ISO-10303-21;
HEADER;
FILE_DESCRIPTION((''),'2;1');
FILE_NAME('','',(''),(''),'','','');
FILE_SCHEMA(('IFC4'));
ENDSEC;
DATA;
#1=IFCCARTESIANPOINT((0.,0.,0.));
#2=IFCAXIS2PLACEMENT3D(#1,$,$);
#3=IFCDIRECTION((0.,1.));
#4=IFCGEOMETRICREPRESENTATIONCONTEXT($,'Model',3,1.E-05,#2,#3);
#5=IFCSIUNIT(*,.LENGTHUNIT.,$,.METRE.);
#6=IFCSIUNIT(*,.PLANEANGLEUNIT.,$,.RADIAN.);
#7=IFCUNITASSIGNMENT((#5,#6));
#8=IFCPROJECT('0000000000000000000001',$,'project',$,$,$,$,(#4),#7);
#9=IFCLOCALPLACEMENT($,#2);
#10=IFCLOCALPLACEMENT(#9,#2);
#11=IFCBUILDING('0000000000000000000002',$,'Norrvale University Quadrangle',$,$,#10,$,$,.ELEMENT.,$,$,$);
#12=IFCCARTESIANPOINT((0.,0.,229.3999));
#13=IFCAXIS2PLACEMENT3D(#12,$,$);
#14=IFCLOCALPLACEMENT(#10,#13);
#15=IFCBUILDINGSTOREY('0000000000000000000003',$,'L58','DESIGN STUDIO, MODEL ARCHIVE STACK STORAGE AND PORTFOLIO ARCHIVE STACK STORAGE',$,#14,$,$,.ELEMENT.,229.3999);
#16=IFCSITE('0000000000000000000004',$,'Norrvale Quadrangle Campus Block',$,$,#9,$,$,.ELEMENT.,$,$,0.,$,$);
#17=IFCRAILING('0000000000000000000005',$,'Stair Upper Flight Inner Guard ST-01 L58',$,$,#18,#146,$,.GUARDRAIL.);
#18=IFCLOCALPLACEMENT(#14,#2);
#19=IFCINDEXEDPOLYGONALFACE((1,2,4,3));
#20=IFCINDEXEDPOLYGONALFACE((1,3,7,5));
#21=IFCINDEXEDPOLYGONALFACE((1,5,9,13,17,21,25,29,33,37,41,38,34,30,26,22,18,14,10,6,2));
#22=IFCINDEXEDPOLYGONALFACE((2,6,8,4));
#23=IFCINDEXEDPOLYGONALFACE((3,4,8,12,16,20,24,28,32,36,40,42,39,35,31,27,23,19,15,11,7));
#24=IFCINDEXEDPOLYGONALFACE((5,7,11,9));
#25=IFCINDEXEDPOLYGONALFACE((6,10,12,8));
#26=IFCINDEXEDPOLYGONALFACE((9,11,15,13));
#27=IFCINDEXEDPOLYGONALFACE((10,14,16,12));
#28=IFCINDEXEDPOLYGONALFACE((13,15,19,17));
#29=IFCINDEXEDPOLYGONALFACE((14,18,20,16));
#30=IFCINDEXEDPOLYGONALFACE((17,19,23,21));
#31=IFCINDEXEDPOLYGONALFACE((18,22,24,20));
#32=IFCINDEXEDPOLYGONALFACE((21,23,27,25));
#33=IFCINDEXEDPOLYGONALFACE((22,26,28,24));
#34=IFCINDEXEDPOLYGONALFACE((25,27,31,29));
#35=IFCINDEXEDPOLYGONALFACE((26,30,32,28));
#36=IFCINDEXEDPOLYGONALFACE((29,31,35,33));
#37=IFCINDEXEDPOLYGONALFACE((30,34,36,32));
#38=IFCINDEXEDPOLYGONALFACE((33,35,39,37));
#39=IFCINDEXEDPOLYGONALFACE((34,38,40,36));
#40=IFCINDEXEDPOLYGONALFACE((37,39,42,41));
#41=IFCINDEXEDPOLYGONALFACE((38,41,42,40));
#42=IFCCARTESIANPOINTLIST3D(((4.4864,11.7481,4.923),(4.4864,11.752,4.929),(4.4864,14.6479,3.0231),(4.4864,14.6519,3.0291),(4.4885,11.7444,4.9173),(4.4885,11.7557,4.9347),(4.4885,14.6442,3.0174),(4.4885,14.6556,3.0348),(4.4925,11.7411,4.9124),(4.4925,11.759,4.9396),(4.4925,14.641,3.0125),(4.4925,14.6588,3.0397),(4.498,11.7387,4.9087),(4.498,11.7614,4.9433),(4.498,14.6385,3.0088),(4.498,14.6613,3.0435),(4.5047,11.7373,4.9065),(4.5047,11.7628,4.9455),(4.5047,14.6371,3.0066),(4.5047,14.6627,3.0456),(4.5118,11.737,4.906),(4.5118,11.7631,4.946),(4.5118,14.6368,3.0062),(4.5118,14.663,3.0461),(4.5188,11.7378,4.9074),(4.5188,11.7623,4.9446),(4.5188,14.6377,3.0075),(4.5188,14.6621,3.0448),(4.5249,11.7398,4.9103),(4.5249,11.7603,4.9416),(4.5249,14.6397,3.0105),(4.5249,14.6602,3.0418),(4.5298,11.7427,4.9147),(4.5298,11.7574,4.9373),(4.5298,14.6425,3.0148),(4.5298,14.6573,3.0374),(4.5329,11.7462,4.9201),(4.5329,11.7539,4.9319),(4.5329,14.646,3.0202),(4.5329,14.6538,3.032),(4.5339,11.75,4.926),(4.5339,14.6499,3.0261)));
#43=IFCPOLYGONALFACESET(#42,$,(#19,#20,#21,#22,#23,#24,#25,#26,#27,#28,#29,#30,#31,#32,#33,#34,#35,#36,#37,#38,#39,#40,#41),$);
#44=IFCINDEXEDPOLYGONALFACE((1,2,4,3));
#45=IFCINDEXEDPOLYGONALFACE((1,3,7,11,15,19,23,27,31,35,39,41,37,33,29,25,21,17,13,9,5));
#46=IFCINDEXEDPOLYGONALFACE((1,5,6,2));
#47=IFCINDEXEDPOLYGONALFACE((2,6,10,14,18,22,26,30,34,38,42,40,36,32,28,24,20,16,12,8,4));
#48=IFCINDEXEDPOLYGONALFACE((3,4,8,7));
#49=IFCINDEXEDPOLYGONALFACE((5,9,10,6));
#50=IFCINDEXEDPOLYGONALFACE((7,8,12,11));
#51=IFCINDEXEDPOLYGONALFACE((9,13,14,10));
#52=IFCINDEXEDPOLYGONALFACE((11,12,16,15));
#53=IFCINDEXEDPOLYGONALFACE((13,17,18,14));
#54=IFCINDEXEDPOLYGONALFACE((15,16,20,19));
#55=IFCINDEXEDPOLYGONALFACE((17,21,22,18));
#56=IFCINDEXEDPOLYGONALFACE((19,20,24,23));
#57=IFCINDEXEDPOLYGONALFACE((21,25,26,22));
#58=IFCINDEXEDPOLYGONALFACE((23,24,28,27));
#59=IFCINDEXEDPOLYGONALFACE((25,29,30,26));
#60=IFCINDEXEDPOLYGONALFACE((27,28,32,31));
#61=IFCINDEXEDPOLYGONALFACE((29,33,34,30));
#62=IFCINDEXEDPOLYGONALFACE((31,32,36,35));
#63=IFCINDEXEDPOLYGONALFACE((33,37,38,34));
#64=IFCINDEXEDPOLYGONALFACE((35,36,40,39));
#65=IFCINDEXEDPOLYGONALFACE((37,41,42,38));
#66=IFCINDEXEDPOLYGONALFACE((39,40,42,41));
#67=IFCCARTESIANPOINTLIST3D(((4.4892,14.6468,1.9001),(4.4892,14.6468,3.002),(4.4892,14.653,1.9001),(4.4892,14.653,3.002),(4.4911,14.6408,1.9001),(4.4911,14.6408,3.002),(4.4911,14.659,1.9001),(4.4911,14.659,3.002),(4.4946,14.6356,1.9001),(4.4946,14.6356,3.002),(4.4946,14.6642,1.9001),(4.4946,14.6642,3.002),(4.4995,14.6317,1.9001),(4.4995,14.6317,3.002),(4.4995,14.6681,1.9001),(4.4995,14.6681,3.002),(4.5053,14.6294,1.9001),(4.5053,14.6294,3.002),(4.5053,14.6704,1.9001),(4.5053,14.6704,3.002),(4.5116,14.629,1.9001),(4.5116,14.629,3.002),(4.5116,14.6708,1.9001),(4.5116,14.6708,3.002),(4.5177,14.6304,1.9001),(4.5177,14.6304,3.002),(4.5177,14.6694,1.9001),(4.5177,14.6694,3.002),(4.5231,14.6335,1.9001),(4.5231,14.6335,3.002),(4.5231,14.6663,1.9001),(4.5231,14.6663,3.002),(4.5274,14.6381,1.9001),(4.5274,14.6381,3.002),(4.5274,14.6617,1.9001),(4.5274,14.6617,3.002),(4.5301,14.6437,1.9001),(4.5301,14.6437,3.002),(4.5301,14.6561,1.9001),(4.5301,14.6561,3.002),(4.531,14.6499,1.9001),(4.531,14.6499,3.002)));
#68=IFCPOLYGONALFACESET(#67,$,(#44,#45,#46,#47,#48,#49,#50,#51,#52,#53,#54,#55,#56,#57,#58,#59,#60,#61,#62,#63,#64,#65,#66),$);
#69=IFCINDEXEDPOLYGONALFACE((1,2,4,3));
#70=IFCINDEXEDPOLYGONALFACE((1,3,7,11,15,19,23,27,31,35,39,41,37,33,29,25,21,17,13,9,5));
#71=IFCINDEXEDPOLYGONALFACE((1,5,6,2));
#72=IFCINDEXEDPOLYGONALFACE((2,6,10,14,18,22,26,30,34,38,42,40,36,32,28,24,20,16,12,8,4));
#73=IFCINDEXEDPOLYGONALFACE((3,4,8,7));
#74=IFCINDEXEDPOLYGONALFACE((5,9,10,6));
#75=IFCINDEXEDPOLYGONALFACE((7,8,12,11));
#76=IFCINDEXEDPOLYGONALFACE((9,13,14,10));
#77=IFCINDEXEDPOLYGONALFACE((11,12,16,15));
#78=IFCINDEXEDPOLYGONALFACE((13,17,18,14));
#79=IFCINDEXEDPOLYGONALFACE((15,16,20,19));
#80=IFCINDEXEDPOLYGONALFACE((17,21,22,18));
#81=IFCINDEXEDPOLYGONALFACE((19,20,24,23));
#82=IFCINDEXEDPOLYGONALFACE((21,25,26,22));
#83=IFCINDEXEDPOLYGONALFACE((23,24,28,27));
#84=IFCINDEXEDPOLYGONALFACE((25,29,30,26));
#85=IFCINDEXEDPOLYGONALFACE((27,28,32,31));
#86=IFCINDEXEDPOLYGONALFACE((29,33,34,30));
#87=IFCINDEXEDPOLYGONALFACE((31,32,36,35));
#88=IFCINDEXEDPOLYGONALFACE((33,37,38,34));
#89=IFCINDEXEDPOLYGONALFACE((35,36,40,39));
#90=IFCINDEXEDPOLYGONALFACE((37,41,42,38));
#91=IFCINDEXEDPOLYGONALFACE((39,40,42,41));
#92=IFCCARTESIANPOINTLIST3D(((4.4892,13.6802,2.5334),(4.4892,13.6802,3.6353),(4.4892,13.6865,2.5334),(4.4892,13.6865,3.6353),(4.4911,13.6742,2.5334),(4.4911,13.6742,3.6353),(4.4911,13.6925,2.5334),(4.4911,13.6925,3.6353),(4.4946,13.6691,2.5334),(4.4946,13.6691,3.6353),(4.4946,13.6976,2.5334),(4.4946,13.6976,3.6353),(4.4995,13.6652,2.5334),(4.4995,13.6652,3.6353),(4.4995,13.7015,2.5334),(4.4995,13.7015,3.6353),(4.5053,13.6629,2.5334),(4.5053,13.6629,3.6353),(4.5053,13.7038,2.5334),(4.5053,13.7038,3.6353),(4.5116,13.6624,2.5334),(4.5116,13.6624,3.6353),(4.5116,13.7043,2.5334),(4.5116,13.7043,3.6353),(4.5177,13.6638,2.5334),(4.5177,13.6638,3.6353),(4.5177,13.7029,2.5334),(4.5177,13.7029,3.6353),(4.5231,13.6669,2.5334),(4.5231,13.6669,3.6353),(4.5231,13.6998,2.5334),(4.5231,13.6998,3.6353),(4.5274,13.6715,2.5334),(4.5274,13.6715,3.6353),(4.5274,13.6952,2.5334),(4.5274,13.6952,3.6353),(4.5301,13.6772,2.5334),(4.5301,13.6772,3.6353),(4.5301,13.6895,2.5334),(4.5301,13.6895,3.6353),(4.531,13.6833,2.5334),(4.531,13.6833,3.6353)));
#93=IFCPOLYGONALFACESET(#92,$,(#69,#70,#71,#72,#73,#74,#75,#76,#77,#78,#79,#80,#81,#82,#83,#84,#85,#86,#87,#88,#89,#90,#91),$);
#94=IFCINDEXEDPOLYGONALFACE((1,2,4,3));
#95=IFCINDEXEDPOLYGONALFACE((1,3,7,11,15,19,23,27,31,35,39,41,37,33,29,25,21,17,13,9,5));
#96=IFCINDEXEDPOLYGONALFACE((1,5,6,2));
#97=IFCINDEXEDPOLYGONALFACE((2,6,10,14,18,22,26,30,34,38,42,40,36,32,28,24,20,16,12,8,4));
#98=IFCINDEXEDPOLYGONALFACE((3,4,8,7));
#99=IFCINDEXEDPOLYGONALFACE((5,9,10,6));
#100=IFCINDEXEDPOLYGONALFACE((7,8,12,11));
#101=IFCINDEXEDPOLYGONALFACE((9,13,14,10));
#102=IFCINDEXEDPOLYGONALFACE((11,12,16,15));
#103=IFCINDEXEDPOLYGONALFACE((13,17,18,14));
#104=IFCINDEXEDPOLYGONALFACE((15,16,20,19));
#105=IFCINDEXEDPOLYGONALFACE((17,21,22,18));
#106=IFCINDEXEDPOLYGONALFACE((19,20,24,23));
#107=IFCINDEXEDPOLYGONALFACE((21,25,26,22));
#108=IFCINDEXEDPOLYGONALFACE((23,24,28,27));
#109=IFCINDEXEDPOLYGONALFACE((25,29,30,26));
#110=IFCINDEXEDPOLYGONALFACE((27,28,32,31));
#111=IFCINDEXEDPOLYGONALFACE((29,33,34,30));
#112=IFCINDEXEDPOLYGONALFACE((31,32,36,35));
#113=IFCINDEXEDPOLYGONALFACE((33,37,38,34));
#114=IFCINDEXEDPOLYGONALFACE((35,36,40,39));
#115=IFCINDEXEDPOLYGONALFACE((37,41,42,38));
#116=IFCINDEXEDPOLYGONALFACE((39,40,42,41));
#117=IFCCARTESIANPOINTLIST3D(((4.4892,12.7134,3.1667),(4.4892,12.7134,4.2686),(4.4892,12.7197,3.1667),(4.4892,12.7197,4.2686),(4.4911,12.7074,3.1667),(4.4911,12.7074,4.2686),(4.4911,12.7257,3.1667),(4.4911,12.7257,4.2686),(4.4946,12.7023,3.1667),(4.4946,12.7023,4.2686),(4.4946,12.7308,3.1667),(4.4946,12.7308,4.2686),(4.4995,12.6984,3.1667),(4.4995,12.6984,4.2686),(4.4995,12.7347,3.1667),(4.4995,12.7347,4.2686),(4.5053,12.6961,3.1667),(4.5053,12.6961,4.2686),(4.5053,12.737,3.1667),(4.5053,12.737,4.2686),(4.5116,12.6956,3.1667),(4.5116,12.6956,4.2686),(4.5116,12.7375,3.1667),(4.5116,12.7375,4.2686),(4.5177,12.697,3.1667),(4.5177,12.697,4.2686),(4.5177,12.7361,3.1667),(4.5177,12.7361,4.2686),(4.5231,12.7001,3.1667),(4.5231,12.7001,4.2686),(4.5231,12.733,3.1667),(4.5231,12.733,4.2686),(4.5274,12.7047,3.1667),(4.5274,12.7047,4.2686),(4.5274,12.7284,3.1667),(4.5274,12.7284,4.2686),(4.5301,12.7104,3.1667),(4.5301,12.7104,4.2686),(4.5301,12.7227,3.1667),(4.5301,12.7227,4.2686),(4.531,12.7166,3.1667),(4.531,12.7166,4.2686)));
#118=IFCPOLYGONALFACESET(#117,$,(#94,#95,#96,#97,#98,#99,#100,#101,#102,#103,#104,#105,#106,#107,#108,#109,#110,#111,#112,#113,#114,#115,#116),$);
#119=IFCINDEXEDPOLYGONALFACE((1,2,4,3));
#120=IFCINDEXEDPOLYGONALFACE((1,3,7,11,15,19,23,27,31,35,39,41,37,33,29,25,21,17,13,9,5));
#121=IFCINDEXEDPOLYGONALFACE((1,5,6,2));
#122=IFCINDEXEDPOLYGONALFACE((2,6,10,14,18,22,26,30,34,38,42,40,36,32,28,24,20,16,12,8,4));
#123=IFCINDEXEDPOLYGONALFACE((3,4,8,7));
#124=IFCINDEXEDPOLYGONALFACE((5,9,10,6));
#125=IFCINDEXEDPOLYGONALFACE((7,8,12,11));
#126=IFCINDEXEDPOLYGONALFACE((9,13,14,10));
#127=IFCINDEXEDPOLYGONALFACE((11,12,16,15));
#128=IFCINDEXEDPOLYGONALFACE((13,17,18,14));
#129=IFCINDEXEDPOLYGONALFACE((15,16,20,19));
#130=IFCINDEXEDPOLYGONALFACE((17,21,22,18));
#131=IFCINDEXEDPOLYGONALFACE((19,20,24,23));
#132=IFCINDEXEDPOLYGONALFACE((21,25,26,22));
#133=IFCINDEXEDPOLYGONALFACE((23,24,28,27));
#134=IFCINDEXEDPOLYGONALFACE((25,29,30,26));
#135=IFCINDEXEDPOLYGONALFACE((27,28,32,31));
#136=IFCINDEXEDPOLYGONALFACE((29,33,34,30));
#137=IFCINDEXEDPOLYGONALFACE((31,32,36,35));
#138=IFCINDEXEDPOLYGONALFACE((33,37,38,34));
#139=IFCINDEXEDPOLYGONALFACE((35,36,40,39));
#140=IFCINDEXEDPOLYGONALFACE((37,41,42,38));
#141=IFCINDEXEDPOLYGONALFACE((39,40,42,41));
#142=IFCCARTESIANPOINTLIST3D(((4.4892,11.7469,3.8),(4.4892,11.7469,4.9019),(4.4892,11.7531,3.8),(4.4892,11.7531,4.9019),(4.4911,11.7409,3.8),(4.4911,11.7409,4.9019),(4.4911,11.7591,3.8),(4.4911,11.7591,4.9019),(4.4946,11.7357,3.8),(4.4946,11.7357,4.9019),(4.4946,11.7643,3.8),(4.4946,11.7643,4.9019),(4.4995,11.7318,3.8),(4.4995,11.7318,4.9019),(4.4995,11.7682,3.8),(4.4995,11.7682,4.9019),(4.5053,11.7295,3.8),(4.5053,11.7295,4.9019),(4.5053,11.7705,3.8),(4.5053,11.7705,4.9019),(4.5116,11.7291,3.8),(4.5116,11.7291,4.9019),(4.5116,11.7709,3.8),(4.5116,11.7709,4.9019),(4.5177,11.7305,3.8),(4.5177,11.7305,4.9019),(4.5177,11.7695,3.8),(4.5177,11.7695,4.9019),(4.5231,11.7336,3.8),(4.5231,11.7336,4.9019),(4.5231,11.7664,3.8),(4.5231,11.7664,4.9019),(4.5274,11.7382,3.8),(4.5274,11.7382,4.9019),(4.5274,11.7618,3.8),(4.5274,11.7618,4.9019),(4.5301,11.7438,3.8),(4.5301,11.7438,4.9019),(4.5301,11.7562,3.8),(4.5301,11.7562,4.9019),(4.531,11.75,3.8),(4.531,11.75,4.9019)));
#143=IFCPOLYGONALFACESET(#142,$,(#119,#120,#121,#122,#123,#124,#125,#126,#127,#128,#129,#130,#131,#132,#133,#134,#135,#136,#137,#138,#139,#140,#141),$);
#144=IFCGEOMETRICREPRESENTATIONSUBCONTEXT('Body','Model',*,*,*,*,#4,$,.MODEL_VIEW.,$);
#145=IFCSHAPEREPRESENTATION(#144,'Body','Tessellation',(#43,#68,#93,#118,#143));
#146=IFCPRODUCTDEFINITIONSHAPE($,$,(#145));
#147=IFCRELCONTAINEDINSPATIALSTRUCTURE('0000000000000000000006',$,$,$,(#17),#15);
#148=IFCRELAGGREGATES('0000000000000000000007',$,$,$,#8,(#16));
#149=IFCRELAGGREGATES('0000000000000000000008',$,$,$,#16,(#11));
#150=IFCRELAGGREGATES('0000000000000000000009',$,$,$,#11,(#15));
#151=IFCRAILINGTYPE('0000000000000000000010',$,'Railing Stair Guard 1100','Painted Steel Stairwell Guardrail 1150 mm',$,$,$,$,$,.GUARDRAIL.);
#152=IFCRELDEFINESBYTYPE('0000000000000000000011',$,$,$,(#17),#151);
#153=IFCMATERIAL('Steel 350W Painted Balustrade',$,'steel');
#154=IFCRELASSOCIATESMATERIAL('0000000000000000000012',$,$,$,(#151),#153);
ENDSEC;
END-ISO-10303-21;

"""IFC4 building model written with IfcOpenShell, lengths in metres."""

from ifc_helpers import new_model, si_unit, direction, frame, origin, origin_2d, place, context, subcontext, project, spatial, circle, extrude, material, type_object, element, save


model = new_model("IFC4")

# Units and contexts
model_context = context("Model", 3, precision=1e-05, world=origin(), true_north=direction((0.0, 1.0)))
body_context = subcontext(model_context, "Body", "Model", "MODEL_VIEW")
ifc_project = project(units=[si_unit("LENGTHUNIT", "METRE"), si_unit("PLANEANGLEUNIT", "RADIAN")], contexts=[model_context])

# Site, building, storey
site_placement = place(None, origin())
site = spatial("IfcSite", under=ifc_project, at=site_placement, Name="Norrvale Quadrangle Campus Block", CompositionType="ELEMENT", RefElevation=0.0)
building_placement = place(site_placement, origin())
building = spatial("IfcBuilding", under=site, at=building_placement, Name="Norrvale University Quadrangle", CompositionType="ELEMENT")
storey_placement = place(building_placement, frame((0.0, 0.0, 229.3999)))
storey = spatial("IfcBuildingStorey", under=building, at=storey_placement, Name="L58", Description="DESIGN STUDIO, MODEL ARCHIVE STACK STORAGE AND PORTFOLIO ARCHIVE STACK STORAGE", CompositionType="ELEMENT", Elevation=229.3999)

# Railing
ifc_material_1 = material(Name="Steel 350W Painted Balustrade", Category="steel")
railing_type_1 = type_object("IfcRailingType", Name="Railing Stair Guard 1100", Description="Painted Steel Stairwell Guardrail 1150 mm", PredefinedType="GUARDRAIL", material=ifc_material_1)
railing_1_placement = place(storey_placement, frame((4.51, 14.6499, 1.9001)))
element("IfcRailing", 1, at=railing_1_placement, inside=storey, type_object=railing_type_1, Name="Stair Upper Flight Inner Guard ST-01 L58", PredefinedType="GUARDRAIL", context=body_context, shape_type="SweptSolid", body=[
    extrude(circle(Radius=0.0239, at=origin_2d()), frame((0.0, 0.0, 1.126), z_axis=(0.0, -0.836466, 0.548019), x_axis=(1.0, 0.0, 0.0)), (0.0, 0.0, 1.0), 3.4668),
    extrude(circle(Radius=0.021, at=origin_2d()), origin(), (0.0, 0.0, 1.0), 1.1018),
    extrude(circle(Radius=0.021, at=origin_2d()), frame((0.0, -0.9666, 0.6333)), (0.0, 0.0, 1.0), 1.1018),
    extrude(circle(Radius=0.021, at=origin_2d()), frame((0.0, -1.9333, 1.2666)), (0.0, 0.0, 1.0), 1.1018),
    extrude(circle(Radius=0.021, at=origin_2d()), frame((0.0, -2.8999, 1.8999)), (0.0, 0.0, 1.0), 1.1018),
])

save(model, "model.ifc")
